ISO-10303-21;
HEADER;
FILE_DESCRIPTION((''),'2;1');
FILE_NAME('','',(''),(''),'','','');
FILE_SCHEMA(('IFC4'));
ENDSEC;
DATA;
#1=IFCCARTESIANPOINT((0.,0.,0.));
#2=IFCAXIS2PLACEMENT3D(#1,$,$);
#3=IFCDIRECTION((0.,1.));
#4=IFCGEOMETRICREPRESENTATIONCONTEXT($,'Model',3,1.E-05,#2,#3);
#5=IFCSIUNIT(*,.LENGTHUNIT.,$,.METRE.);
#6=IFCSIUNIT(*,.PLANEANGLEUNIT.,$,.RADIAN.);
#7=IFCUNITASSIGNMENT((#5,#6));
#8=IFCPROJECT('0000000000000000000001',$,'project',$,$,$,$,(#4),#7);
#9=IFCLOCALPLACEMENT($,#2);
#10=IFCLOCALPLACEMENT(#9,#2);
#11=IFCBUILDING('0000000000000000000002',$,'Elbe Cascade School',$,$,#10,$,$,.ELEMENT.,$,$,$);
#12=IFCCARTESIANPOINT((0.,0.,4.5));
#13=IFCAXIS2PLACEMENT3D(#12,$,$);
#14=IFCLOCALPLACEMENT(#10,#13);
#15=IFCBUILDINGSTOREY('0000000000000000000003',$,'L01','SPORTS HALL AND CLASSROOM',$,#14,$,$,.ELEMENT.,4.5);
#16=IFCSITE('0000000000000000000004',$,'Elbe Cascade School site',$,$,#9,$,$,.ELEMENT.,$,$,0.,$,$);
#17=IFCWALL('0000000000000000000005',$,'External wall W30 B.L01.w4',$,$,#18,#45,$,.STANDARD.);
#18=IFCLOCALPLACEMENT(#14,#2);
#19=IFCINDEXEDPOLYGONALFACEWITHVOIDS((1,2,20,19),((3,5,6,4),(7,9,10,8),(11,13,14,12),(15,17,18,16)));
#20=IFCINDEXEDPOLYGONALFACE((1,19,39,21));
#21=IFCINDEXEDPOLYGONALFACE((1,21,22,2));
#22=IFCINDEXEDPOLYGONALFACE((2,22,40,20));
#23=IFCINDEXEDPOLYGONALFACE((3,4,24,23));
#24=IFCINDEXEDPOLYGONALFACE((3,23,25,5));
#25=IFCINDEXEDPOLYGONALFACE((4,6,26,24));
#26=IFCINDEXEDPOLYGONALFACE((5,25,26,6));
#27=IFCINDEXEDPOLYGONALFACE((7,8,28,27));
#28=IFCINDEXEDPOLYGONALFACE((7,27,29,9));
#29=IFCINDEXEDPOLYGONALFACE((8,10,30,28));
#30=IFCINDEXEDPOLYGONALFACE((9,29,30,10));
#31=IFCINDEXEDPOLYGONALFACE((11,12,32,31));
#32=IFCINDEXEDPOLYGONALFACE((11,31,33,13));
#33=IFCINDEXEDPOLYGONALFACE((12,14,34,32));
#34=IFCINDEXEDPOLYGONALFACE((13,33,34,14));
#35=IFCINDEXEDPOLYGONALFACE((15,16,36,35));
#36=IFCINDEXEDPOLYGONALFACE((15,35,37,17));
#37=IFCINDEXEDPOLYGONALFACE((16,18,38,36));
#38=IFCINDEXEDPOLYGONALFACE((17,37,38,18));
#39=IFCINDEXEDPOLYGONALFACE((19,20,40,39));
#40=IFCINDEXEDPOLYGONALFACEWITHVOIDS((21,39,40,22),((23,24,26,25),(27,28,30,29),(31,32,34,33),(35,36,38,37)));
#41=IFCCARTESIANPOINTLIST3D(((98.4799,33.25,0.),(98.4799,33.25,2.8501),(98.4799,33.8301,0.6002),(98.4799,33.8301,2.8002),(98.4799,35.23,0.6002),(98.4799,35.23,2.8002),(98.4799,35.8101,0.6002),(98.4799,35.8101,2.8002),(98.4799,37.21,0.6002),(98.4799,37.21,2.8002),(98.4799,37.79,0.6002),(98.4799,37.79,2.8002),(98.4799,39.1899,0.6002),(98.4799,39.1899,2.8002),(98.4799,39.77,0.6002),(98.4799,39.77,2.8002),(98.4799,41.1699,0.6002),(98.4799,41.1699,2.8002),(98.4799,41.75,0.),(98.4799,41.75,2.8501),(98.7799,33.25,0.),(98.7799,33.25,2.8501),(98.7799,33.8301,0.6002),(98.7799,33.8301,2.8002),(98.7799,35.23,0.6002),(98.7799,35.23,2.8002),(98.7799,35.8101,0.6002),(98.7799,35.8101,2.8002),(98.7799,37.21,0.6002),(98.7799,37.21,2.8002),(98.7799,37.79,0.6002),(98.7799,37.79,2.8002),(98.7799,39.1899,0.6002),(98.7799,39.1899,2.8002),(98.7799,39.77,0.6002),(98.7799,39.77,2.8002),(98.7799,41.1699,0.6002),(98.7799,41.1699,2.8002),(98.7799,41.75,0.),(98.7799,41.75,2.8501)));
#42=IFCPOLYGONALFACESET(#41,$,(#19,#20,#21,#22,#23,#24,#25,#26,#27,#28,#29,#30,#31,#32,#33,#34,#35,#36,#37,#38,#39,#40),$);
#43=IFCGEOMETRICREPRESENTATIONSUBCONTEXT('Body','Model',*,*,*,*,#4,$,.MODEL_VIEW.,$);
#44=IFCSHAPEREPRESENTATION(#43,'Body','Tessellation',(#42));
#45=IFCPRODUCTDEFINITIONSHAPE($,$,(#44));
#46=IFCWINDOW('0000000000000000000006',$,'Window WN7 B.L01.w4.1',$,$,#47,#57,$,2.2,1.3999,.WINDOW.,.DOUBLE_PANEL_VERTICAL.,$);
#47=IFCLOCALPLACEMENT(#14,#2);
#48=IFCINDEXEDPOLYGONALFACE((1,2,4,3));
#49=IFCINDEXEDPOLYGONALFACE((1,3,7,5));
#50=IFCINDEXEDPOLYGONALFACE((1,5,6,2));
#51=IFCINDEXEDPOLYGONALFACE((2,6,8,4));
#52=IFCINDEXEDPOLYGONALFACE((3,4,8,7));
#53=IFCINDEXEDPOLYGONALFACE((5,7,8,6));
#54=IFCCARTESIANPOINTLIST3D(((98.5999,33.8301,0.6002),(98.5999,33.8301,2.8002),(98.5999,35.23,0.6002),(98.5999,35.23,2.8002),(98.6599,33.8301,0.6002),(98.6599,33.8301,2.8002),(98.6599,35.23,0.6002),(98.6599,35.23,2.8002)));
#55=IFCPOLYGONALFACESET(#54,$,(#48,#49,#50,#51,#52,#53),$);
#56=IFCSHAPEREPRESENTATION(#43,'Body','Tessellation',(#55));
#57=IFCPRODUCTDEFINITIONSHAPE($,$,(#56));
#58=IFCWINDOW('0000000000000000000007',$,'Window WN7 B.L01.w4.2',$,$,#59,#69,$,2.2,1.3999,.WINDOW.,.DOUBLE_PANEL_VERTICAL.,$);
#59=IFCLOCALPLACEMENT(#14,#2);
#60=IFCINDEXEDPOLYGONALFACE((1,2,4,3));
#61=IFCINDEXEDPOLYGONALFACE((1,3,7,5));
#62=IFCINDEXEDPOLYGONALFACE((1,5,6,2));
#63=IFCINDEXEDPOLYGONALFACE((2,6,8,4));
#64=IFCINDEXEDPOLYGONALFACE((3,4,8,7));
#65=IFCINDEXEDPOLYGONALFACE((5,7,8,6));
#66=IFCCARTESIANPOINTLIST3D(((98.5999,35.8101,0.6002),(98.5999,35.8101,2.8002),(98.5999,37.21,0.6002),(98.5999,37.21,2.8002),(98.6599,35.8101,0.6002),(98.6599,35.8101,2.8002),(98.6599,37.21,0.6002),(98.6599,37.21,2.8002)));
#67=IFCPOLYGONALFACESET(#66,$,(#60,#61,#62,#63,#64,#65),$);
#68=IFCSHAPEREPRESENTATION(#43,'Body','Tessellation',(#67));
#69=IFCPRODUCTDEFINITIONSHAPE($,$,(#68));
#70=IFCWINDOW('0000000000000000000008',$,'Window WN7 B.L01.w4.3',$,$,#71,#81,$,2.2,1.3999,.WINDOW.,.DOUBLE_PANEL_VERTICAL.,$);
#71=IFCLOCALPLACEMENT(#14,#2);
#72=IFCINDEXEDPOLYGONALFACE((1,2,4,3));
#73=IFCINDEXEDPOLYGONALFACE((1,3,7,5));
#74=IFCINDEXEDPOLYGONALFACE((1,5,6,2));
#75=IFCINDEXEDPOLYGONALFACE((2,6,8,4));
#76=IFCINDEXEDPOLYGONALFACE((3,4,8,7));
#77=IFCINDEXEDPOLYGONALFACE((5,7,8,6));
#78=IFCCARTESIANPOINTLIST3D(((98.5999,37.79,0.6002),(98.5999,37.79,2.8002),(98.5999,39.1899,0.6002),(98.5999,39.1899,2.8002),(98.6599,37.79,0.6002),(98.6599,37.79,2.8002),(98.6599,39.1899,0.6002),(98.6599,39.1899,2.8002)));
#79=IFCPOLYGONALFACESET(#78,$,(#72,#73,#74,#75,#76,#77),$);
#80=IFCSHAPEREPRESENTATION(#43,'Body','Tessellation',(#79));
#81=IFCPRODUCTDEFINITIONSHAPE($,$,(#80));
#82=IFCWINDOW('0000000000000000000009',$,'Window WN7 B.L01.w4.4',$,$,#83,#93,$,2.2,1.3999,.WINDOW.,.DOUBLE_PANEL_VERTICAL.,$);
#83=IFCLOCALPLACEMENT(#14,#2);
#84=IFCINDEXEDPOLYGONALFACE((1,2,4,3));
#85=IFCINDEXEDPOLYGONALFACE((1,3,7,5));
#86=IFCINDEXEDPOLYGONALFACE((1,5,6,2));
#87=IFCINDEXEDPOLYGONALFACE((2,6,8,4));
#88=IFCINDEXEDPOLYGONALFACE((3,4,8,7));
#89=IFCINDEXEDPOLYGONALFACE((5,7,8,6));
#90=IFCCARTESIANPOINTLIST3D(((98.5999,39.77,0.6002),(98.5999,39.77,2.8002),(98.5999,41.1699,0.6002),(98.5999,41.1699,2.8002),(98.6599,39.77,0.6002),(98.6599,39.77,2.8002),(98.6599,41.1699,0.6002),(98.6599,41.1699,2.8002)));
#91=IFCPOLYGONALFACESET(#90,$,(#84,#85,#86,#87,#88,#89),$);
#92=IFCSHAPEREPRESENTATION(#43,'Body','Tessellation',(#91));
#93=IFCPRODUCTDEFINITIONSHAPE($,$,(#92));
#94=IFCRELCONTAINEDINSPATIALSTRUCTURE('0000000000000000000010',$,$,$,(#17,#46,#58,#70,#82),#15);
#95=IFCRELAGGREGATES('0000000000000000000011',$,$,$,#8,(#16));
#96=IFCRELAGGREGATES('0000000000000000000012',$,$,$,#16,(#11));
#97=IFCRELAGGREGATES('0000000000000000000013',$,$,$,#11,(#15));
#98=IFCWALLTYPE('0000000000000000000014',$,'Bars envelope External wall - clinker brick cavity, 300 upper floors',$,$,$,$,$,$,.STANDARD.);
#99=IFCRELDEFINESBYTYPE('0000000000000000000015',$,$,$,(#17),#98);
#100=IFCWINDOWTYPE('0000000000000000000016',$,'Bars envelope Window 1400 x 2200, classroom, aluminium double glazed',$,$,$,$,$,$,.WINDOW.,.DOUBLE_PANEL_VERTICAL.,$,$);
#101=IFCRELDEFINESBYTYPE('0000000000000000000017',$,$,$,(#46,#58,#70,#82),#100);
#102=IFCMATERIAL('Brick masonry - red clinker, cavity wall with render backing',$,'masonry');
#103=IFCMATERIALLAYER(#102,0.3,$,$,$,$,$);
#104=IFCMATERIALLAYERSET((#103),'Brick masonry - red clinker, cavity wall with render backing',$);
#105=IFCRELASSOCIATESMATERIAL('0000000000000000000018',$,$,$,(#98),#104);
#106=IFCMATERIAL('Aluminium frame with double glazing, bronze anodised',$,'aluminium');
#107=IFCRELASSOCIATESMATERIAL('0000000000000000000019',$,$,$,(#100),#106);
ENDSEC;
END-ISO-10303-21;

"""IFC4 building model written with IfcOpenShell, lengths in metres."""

from ifc_helpers import new_model, si_unit, direction, frame, frame_2d, origin, place, context, subcontext, project, spatial, rectangle, extrude, material, layer, layer_set, type_object, element, fill, save


model = new_model("IFC4")

# Units and contexts
model_context = context("Model", 3, precision=1e-05, world=origin(), true_north=direction((0.0, 1.0)))
body_context = subcontext(model_context, "Body", "Model", "MODEL_VIEW")
ifc_project = project(units=[si_unit("LENGTHUNIT", "METRE"), si_unit("PLANEANGLEUNIT", "RADIAN")], contexts=[model_context])

# Site, building, storey
site_placement = place(None, origin())
site = spatial("IfcSite", under=ifc_project, at=site_placement, Name="Elbe Cascade School site", CompositionType="ELEMENT", RefElevation=0.0)
building_placement = place(site_placement, origin())
building = spatial("IfcBuilding", under=site, at=building_placement, Name="Elbe Cascade School", CompositionType="ELEMENT")
storey_placement = place(building_placement, frame((0.0, 0.0, 4.5)))
storey = spatial("IfcBuildingStorey", under=building, at=storey_placement, Name="L01", Description="SPORTS HALL AND CLASSROOM", CompositionType="ELEMENT", Elevation=4.5)

# Wall, openings, windows
ifc_material_1 = material(Name="Brick masonry - red clinker, cavity wall with render backing", Category="masonry")
ifc_layer_1 = layer(ifc_material_1, 0.3)
ifc_layer_set_1 = layer_set([ifc_layer_1], Name="Brick masonry - red clinker, cavity wall with render backing")
wall_type_1 = type_object("IfcWallType", Name="Bars envelope External wall - clinker brick cavity, 300 upper floors", PredefinedType="STANDARD", material=ifc_layer_set_1)
wall_1_placement = place(storey_placement, frame((98.6299, 33.25, 0.0), z_axis=(0.0, 0.0, 1.0), x_axis=(0.0, 1.0, 0.0)))
wall_1 = element("IfcWall", 1, at=wall_1_placement, inside=storey, type_object=wall_type_1, Name="External wall W30 B.L01.w4", PredefinedType="STANDARD", context=body_context, shape_type="SweptSolid", body=[
    extrude(rectangle(XDim=8.5, YDim=0.3, at=frame_2d((4.25, 0.0))), origin(), (0.0, 0.0, 1.0), 2.8501),
])
opening_1_placement = place(wall_1_placement, frame((0.5801, 0.0, 0.6001)))
opening_1 = element("IfcOpeningElement", 2, at=opening_1_placement, cuts=wall_1, PredefinedType="OPENING", context=body_context, shape_type="SweptSolid", body=[
    extrude(rectangle(XDim=1.3999, YDim=2.2, at=frame_2d((0.7, 1.1001))), frame((0.0, 0.1599, 0.0), z_axis=(0.0, -1.0, 0.0), x_axis=(1.0, 0.0, 0.0)), (0.0, 0.0, 1.0), 0.3201),
])
opening_2_placement = place(wall_1_placement, frame((2.5601, 0.0, 0.6001)))
opening_2 = element("IfcOpeningElement", 3, at=opening_2_placement, cuts=wall_1, PredefinedType="OPENING", context=body_context, shape_type="SweptSolid", body=[
    extrude(rectangle(XDim=1.3999, YDim=2.2, at=frame_2d((0.7, 1.1001))), frame((0.0, 0.1599, 0.0), z_axis=(0.0, -1.0, 0.0), x_axis=(1.0, 0.0, 0.0)), (0.0, 0.0, 1.0), 0.3201),
])
opening_3_placement = place(wall_1_placement, frame((4.54, 0.0, 0.6001)))
opening_3 = element("IfcOpeningElement", 4, at=opening_3_placement, cuts=wall_1, PredefinedType="OPENING", context=body_context, shape_type="SweptSolid", body=[
    extrude(rectangle(XDim=1.3999, YDim=2.2, at=frame_2d((0.7, 1.1001))), frame((0.0, 0.1599, 0.0), z_axis=(0.0, -1.0, 0.0), x_axis=(1.0, 0.0, 0.0)), (0.0, 0.0, 1.0), 0.3201),
])
opening_4_placement = place(wall_1_placement, frame((6.52, 0.0, 0.6001)))
opening_4 = element("IfcOpeningElement", 5, at=opening_4_placement, cuts=wall_1, PredefinedType="OPENING", context=body_context, shape_type="SweptSolid", body=[
    extrude(rectangle(XDim=1.3999, YDim=2.2, at=frame_2d((0.7, 1.1001))), frame((0.0, 0.1599, 0.0), z_axis=(0.0, -1.0, 0.0), x_axis=(1.0, 0.0, 0.0)), (0.0, 0.0, 1.0), 0.3201),
])
ifc_material_2 = material(Name="Aluminium frame with double glazing, bronze anodised", Category="aluminium")
window_type = type_object("IfcWindowType", Name="Bars envelope Window 1400 x 2200, classroom, aluminium double glazed", PartitioningType="DOUBLE_PANEL_VERTICAL", PredefinedType="WINDOW", material=ifc_material_2)
window_1_placement = place(opening_1_placement, origin())
window_1 = element("IfcWindow", 6, at=window_1_placement, inside=storey, type_object=window_type, Name="Window WN7 B.L01.w4.1", OverallHeight=2.2, OverallWidth=1.3999, PartitioningType="DOUBLE_PANEL_VERTICAL", PredefinedType="WINDOW", context=body_context, shape_type="SweptSolid", body=[
    extrude(rectangle(XDim=1.3999, YDim=2.2, at=frame_2d((0.7, 1.1001))), frame((0.0, 0.03, 0.0), z_axis=(0.0, -1.0, 0.0), x_axis=(1.0, 0.0, 0.0)), (0.0, 0.0, 1.0), 0.0601),
])
fill(opening_1, window_1)
window_2_placement = place(opening_2_placement, origin())
window_2 = element("IfcWindow", 7, at=window_2_placement, inside=storey, type_object=window_type, Name="Window WN7 B.L01.w4.2", OverallHeight=2.2, OverallWidth=1.3999, PartitioningType="DOUBLE_PANEL_VERTICAL", PredefinedType="WINDOW", context=body_context, shape_type="SweptSolid", body=[
    extrude(rectangle(XDim=1.3999, YDim=2.2, at=frame_2d((0.7, 1.1001))), frame((0.0, 0.03, 0.0), z_axis=(0.0, -1.0, 0.0), x_axis=(1.0, 0.0, 0.0)), (0.0, 0.0, 1.0), 0.0601),
])
fill(opening_2, window_2)
window_3_placement = place(opening_3_placement, origin())
window_3 = element("IfcWindow", 8, at=window_3_placement, inside=storey, type_object=window_type, Name="Window WN7 B.L01.w4.3", OverallHeight=2.2, OverallWidth=1.3999, PartitioningType="DOUBLE_PANEL_VERTICAL", PredefinedType="WINDOW", context=body_context, shape_type="SweptSolid", body=[
    extrude(rectangle(XDim=1.3999, YDim=2.2, at=frame_2d((0.7, 1.1001))), frame((0.0, 0.03, 0.0), z_axis=(0.0, -1.0, 0.0), x_axis=(1.0, 0.0, 0.0)), (0.0, 0.0, 1.0), 0.0601),
])
fill(opening_3, window_3)
window_4_placement = place(opening_4_placement, origin())
window_4 = element("IfcWindow", 9, at=window_4_placement, inside=storey, type_object=window_type, Name="Window WN7 B.L01.w4.4", OverallHeight=2.2, OverallWidth=1.3999, PartitioningType="DOUBLE_PANEL_VERTICAL", PredefinedType="WINDOW", context=body_context, shape_type="SweptSolid", body=[
    extrude(rectangle(XDim=1.3999, YDim=2.2, at=frame_2d((0.7, 1.1001))), frame((0.0, 0.03, 0.0), z_axis=(0.0, -1.0, 0.0), x_axis=(1.0, 0.0, 0.0)), (0.0, 0.0, 1.0), 0.0601),
])
fill(opening_4, window_4)

save(model, "model.ifc")
